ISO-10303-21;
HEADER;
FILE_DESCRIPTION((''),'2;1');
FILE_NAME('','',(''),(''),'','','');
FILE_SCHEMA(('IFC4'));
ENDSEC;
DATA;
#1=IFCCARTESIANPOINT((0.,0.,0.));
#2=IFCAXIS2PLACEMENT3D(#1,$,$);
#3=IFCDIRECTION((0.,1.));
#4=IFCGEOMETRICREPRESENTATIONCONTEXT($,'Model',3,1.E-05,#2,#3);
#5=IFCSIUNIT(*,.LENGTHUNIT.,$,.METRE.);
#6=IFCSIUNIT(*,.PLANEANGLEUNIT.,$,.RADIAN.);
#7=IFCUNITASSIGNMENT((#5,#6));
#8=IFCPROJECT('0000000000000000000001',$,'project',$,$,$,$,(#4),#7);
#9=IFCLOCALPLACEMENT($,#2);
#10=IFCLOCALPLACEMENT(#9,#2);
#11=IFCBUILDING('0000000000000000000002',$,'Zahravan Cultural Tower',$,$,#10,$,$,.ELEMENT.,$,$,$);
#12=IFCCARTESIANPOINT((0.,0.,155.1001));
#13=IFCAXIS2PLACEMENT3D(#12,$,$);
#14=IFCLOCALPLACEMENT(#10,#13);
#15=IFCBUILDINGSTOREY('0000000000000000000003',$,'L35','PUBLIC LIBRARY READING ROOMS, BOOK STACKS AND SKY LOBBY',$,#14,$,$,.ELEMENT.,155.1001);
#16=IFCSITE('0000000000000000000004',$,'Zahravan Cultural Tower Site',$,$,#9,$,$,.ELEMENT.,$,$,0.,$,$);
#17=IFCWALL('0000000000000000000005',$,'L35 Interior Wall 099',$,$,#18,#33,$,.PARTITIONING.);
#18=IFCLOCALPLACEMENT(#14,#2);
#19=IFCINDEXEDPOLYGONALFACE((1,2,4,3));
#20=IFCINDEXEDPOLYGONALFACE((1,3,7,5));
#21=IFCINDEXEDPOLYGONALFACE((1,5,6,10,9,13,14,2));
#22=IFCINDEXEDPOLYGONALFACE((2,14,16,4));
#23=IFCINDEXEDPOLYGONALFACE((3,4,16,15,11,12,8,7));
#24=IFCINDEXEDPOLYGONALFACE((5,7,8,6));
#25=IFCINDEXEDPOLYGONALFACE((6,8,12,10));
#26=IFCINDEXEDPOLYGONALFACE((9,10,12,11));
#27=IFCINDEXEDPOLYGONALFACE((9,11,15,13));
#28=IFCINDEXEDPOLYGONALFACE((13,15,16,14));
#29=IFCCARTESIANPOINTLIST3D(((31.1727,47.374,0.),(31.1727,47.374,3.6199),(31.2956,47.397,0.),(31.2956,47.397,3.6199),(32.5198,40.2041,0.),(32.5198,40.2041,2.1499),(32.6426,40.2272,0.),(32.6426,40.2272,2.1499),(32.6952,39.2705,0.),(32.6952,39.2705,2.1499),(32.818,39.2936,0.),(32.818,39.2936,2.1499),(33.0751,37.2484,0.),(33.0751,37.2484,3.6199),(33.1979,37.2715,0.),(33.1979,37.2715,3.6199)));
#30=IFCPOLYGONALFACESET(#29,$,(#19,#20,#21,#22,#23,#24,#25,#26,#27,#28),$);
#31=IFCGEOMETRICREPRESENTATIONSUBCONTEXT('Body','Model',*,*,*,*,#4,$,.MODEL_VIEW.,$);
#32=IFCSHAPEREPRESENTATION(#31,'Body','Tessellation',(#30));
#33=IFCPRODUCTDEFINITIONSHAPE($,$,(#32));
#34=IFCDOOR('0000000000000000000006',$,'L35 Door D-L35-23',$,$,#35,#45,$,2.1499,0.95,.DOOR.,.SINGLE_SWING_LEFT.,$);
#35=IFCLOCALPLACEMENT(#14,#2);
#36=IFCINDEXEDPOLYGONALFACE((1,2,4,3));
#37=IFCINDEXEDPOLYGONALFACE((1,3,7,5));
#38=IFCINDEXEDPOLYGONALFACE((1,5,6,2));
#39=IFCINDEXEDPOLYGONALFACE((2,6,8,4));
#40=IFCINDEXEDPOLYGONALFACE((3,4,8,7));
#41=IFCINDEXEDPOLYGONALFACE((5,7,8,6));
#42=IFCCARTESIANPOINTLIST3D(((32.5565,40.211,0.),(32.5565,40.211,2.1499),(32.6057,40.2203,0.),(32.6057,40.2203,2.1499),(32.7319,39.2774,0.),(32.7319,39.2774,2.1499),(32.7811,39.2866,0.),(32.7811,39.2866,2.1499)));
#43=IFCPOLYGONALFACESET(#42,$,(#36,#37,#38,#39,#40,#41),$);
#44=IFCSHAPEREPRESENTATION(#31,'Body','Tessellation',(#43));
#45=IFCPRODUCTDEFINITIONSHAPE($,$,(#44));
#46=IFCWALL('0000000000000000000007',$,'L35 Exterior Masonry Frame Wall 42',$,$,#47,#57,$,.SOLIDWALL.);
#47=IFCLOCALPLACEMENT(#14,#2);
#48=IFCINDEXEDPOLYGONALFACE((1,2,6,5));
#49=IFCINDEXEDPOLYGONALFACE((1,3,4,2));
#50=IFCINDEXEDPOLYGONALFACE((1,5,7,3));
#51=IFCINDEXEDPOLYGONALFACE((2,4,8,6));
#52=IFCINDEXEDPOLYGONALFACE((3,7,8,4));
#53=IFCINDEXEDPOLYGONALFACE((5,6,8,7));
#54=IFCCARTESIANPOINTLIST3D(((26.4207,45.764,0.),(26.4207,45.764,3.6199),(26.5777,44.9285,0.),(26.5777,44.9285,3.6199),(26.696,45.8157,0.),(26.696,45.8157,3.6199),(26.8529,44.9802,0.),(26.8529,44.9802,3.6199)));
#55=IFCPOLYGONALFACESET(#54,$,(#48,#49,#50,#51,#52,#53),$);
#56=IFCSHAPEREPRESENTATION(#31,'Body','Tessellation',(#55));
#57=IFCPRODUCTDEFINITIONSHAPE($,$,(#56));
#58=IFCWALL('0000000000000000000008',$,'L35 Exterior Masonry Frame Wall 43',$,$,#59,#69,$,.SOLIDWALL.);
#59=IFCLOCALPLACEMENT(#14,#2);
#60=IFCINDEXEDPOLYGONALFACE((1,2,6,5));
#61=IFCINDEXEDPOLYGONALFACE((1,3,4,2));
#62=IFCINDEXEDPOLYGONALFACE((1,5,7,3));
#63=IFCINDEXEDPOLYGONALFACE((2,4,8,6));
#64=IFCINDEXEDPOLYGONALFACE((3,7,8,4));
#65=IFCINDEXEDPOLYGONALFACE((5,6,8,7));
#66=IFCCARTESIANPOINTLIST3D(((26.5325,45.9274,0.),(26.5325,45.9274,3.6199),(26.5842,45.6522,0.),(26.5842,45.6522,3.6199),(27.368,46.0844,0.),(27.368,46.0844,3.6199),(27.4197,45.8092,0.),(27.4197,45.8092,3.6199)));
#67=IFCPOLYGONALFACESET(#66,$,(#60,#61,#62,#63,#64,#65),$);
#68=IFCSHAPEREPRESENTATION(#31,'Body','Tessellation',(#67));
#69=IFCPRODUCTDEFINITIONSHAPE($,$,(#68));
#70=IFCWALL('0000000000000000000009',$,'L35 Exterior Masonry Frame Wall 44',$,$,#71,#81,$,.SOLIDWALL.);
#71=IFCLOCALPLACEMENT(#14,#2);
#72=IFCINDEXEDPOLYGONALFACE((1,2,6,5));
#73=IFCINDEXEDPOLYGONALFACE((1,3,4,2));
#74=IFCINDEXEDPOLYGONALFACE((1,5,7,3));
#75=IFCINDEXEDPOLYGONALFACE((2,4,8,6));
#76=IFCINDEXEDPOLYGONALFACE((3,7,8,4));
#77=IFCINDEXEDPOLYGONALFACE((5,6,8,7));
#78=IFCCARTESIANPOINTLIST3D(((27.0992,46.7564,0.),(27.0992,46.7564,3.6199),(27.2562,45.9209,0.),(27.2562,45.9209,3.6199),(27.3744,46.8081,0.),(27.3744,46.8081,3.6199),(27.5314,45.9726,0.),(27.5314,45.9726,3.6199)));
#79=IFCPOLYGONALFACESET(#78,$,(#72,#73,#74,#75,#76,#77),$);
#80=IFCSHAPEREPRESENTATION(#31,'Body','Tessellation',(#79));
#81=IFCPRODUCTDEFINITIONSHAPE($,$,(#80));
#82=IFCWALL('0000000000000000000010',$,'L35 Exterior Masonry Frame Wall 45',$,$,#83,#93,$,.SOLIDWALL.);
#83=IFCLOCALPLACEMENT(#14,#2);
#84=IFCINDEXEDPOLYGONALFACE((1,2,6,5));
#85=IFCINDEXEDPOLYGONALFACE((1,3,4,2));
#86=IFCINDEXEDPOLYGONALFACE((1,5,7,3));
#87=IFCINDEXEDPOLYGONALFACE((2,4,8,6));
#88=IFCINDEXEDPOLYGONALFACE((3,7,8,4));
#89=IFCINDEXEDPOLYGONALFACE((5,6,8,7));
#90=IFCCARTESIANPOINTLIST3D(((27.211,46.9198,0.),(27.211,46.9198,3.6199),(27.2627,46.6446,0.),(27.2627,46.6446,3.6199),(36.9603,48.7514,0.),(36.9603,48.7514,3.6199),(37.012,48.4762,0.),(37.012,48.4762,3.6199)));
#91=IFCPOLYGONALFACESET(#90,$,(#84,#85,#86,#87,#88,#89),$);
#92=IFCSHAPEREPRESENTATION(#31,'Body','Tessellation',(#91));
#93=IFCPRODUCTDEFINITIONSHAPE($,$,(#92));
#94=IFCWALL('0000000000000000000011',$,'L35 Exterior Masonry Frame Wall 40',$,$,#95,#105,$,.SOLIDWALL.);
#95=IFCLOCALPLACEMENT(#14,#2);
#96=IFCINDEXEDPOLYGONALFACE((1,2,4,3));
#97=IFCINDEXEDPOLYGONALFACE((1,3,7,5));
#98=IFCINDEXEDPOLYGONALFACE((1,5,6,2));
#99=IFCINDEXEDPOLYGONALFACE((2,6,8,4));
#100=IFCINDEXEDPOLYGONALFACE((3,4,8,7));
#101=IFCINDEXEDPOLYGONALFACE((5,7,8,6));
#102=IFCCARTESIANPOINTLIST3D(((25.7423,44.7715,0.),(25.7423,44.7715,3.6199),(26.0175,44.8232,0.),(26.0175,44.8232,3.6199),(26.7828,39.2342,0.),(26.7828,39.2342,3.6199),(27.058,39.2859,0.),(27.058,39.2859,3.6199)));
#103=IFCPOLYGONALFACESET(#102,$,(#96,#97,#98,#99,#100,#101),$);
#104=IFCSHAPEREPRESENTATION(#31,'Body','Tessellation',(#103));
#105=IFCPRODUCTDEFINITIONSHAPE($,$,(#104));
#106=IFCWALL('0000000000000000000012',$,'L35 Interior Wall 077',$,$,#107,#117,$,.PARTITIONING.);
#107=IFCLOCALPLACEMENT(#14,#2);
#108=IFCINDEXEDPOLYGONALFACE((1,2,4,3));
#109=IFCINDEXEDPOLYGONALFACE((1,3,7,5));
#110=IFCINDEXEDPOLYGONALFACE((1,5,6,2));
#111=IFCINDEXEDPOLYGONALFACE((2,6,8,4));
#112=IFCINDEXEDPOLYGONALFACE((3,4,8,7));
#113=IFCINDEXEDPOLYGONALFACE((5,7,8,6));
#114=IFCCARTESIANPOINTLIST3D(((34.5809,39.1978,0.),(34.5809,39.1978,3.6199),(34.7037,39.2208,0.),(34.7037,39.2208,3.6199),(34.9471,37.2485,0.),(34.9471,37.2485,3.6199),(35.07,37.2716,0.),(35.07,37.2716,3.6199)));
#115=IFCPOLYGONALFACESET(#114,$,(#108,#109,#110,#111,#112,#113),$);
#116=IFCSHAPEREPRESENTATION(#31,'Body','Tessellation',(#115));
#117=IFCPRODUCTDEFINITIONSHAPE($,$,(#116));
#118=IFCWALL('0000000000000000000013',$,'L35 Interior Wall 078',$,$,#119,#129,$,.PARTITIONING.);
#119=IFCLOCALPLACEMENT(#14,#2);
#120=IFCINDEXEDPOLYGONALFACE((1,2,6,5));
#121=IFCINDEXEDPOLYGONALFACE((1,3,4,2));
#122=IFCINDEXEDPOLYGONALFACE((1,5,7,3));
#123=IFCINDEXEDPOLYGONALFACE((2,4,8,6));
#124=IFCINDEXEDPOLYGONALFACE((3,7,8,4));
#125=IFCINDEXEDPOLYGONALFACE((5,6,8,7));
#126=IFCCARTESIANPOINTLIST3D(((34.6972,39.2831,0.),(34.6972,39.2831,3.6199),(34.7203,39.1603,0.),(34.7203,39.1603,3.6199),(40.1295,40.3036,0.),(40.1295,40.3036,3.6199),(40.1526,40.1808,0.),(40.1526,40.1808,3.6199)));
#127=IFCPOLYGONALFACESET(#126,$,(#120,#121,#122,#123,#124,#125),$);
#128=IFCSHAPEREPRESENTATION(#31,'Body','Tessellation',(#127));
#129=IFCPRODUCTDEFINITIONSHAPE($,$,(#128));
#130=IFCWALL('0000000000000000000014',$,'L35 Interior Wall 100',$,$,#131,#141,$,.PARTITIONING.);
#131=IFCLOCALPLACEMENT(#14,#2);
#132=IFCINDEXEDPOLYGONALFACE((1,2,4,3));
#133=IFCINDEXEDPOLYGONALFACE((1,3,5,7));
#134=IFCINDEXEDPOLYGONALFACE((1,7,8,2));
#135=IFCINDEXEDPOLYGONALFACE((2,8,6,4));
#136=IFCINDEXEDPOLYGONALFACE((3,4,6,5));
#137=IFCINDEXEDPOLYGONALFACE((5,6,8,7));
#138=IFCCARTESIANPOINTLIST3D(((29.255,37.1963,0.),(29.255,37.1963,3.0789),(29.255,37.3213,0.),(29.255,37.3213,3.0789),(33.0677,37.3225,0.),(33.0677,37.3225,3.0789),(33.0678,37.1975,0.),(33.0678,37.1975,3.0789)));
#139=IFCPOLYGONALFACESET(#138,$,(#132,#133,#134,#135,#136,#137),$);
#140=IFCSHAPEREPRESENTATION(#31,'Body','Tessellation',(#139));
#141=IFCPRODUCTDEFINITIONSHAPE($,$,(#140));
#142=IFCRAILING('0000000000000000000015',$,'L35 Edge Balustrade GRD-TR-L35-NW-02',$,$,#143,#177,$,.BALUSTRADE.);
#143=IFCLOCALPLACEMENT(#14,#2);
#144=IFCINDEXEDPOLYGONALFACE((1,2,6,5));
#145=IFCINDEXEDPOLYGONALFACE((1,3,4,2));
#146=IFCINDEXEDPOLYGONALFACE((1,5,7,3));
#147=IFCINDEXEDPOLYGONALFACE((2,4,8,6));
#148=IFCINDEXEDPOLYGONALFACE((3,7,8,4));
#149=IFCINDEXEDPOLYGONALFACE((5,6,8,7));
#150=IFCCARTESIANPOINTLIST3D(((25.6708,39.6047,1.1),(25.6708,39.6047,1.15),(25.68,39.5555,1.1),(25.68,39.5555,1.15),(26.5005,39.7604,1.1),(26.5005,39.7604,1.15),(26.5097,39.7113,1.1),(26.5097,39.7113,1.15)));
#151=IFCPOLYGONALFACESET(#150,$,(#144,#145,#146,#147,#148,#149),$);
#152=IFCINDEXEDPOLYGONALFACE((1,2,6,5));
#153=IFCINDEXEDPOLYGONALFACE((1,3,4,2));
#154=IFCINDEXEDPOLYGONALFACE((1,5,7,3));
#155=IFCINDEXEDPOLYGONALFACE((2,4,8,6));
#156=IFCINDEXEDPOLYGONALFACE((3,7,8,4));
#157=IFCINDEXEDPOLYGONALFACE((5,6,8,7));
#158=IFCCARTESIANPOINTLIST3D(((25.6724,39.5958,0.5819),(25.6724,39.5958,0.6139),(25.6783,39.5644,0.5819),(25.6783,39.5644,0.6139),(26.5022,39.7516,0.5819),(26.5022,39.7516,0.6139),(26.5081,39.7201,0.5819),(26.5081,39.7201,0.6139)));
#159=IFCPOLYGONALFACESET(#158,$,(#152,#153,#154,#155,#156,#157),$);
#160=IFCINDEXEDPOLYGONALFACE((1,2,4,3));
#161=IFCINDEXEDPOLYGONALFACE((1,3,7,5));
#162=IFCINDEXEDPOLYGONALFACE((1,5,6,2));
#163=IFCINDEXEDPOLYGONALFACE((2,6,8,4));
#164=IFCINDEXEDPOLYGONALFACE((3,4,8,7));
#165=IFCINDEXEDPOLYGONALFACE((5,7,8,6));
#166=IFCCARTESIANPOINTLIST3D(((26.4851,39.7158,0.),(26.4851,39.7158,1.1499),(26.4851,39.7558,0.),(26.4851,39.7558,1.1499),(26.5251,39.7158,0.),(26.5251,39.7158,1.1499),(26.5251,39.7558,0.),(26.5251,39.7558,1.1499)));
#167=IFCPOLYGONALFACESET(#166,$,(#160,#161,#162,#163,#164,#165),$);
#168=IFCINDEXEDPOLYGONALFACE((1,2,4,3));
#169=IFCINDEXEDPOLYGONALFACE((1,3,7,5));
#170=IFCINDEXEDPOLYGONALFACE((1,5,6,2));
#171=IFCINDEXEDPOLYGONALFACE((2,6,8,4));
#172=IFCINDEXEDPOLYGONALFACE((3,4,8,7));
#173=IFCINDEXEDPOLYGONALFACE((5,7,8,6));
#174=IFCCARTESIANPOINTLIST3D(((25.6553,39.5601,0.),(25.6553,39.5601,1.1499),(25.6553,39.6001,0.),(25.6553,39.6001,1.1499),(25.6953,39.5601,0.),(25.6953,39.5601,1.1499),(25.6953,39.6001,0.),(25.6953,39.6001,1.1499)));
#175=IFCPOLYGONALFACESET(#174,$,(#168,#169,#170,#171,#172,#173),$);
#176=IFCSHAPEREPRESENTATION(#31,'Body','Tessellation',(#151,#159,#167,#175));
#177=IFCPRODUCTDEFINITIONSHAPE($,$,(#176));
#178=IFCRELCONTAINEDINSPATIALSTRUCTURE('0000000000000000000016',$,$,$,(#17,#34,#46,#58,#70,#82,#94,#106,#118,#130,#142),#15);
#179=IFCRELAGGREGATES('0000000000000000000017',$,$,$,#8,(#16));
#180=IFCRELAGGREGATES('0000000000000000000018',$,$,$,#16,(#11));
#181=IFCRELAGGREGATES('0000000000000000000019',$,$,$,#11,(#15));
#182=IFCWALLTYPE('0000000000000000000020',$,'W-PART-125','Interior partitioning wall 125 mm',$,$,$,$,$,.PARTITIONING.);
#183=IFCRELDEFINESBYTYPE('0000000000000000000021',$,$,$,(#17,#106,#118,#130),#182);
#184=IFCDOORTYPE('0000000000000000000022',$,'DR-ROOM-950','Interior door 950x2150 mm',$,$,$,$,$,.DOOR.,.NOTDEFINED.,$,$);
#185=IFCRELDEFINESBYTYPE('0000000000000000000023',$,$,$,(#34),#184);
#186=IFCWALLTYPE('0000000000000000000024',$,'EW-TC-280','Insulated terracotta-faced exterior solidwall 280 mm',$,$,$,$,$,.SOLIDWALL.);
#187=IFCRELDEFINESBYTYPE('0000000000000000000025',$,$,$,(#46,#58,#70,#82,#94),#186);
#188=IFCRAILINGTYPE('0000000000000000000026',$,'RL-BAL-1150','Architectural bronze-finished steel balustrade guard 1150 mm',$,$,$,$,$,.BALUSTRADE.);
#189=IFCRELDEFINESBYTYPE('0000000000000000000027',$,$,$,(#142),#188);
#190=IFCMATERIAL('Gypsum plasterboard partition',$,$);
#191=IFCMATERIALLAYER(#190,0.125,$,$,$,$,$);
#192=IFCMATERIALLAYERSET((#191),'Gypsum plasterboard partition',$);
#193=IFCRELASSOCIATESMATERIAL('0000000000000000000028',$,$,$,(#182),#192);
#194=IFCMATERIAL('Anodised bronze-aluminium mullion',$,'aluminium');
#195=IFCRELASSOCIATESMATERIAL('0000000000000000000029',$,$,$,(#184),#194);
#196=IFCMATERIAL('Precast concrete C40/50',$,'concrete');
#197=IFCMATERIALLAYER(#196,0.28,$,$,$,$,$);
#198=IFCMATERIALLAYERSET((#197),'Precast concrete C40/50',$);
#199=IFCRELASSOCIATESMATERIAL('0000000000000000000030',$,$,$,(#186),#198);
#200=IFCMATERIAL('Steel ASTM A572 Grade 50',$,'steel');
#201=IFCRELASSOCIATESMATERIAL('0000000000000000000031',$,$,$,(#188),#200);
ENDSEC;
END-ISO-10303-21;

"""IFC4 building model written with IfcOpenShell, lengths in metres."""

from ifc_helpers import new_model, si_unit, direction, frame, frame_2d, origin, origin_2d, place, context, subcontext, project, spatial, rectangle, extrude, source, transform, mapped, material, layer, layer_set, type_object, element, fill, save


model = new_model("IFC4")

# Units and contexts
model_context = context("Model", 3, precision=1e-05, world=origin(), true_north=direction((0.0, 1.0)))
body_context = subcontext(model_context, "Body", "Model", "MODEL_VIEW")
ifc_project = project(units=[si_unit("LENGTHUNIT", "METRE"), si_unit("PLANEANGLEUNIT", "RADIAN")], contexts=[model_context])

# Site, building, storey
site_placement = place(None, origin())
site = spatial("IfcSite", under=ifc_project, at=site_placement, Name="Zahravan Cultural Tower Site", CompositionType="ELEMENT", RefElevation=0.0)
building_placement = place(site_placement, origin())
building = spatial("IfcBuilding", under=site, at=building_placement, Name="Zahravan Cultural Tower", CompositionType="ELEMENT")
storey_placement = place(building_placement, frame((0.0, 0.0, 155.1001)))
storey = spatial("IfcBuildingStorey", under=building, at=storey_placement, Name="L35", Description="PUBLIC LIBRARY READING ROOMS, BOOK STACKS AND SKY LOBBY", CompositionType="ELEMENT", Elevation=155.1001)

# Wall, opening, door
ifc_material_1 = material(Name="Gypsum plasterboard partition")
ifc_layer_1 = layer(ifc_material_1, 0.125)
ifc_layer_set_1 = layer_set([ifc_layer_1], Name="Gypsum plasterboard partition")
wall_type_1 = type_object("IfcWallType", Name="W-PART-125", Description="Interior partitioning wall 125 mm", PredefinedType="PARTITIONING", material=ifc_layer_set_1)
ifc_material_2 = material(Name="Anodised bronze-aluminium mullion", Category="aluminium")
door_type = type_object("IfcDoorType", Name="DR-ROOM-950", Description="Interior door 950x2150 mm", OperationType="NOTDEFINED", PredefinedType="DOOR", material=ifc_material_2)
shared_shape_1 = source(origin(), body_context, "Body", "SweptSolid", [
    extrude(rectangle(XDim=0.95, YDim=2.1499, at=frame_2d((0.4751, 1.075))), frame((0.0, 0.0249, 0.0), z_axis=(0.0, -1.0, 0.0), x_axis=(1.0, 0.0, 0.0)), (0.0, 0.0, 1.0), 0.05),
])
wall_1_placement = place(storey_placement, frame((31.2341, 47.3855, 0.0), z_axis=(0.0, 0.0, 1.0), x_axis=(0.184646, -0.982805, 0.0)))
wall_1 = element("IfcWall", 1, at=wall_1_placement, inside=storey, type_object=wall_type_1, Name="L35 Interior Wall 099", PredefinedType="PARTITIONING", context=body_context, shape_type="SweptSolid", body=[
    extrude(rectangle(XDim=10.3027, YDim=0.125, at=frame_2d((5.1514, 0.0))), origin(), (0.0, 0.0, 1.0), 3.6199),
])
opening_1_placement = place(wall_1_placement, frame((7.2952, 0.0, 0.0)))
opening_1 = element("IfcOpeningElement", 2, at=opening_1_placement, cuts=wall_1, PredefinedType="OPENING", context=body_context, shape_type="SweptSolid", body=[
    extrude(rectangle(XDim=0.95, YDim=2.1499, at=frame_2d((0.4751, 1.075))), frame((0.0, 0.0725, 0.0), z_axis=(0.0, -1.0, 0.0), x_axis=(1.0, 0.0, 0.0)), (0.0, 0.0, 1.0), 0.145),
])
door_1_placement = place(opening_1_placement, origin())
door_1 = element("IfcDoor", 3, at=door_1_placement, inside=storey, type_object=door_type, Name="L35 Door D-L35-23", OperationType="SINGLE_SWING_LEFT", OverallHeight=2.1499, OverallWidth=0.95, PredefinedType="DOOR", context=body_context, shape_type="MappedRepresentation", body=[
    mapped(shared_shape_1, transform((0.0, 0.0, 0.0), x_axis=(1.0, 0.0, 0.0), y_axis=(0.0, 1.0, 0.0), z_axis=(0.0, 0.0, 1.0), scale=1.0)),
])
fill(opening_1, door_1)

# Walls
ifc_material_3 = material(Name="Precast concrete C40/50", Category="concrete")
ifc_layer_2 = layer(ifc_material_3, 0.28)
ifc_layer_set_2 = layer_set([ifc_layer_2], Name="Precast concrete C40/50")
wall_type_2 = type_object("IfcWallType", Name="EW-TC-280", Description="Insulated terracotta-faced exterior solidwall 280 mm", PredefinedType="SOLIDWALL", material=ifc_layer_set_2)
shared_shape_2 = source(origin(), body_context, "Body", "SweptSolid", [
    extrude(rectangle(XDim=0.8501, YDim=0.28, at=frame_2d((0.425, 0.0))), origin(), (0.0, 0.0, 1.0), 3.6199),
])
for number, where, z_axis, x_axis, name in (
    (4, (26.7153, 44.9543, 0.0), (0.0, 0.0, 1.0), (-0.18467, 0.982801, 0.0), "L35 Exterior Masonry Frame Wall 42"),
    (5, (26.5583, 45.7898, 0.0), (0.0, 0.0, 1.0), (0.982801, 0.18467, 0.0), "L35 Exterior Masonry Frame Wall 43"),
    (6, (27.3938, 45.9468, 0.0), (0.0, 0.0, 1.0), (-0.18467, 0.982801, 0.0), "L35 Exterior Masonry Frame Wall 44"),
):
    element("IfcWall", number, at=place(storey_placement, frame(where, z_axis=z_axis, x_axis=x_axis)), inside=storey, type_object=wall_type_2, Name=name, PredefinedType="SOLIDWALL", context=body_context, shape_type="MappedRepresentation", body=[
        mapped(shared_shape_2, transform((0.0, 0.0, 0.0), x_axis=(1.0, 0.0, 0.0), y_axis=(0.0, 1.0, 0.0), z_axis=(0.0, 0.0, 1.0), scale=1.0)),
    ])
shared_shape_3 = source(origin(), body_context, "Body", "SweptSolid", [
    extrude(rectangle(XDim=9.9199, YDim=0.28, at=frame_2d((4.96, 0.0))), origin(), (0.0, 0.0, 1.0), 3.6199),
])
wall_2_placement = place(storey_placement, frame((27.2368, 46.7822, 0.0), z_axis=(0.0, 0.0, 1.0), x_axis=(0.982807, 0.184635, 0.0)))
element("IfcWall", 7, at=wall_2_placement, inside=storey, type_object=wall_type_2, Name="L35 Exterior Masonry Frame Wall 45", PredefinedType="SOLIDWALL", context=body_context, shape_type="MappedRepresentation", body=[
    mapped(shared_shape_3, transform((0.0, 0.0, 0.0), x_axis=(1.0, 0.0, 0.0), y_axis=(0.0, 1.0, 0.0), z_axis=(0.0, 0.0, 1.0), scale=1.0)),
])
shared_shape_4 = source(origin(), body_context, "Body", "SweptSolid", [
    extrude(rectangle(XDim=5.6343, YDim=0.28, at=frame_2d((2.8171, 0.0))), origin(), (0.0, 0.0, 1.0), 3.6199),
])
wall_3_placement = place(storey_placement, frame((26.9204, 39.26, 0.0), z_axis=(0.0, 0.0, 1.0), x_axis=(-0.184678, 0.982799, 0.0)))
element("IfcWall", 8, at=wall_3_placement, inside=storey, type_object=wall_type_2, Name="L35 Exterior Masonry Frame Wall 40", PredefinedType="SOLIDWALL", context=body_context, shape_type="MappedRepresentation", body=[
    mapped(shared_shape_4, transform((0.0, 0.0, 0.0), x_axis=(1.0, 0.0, 0.0), y_axis=(0.0, 1.0, 0.0), z_axis=(0.0, 0.0, 1.0), scale=1.0)),
])
shared_shape_5 = source(origin(), body_context, "Body", "SweptSolid", [
    extrude(rectangle(XDim=1.9834, YDim=0.125, at=frame_2d((0.9917, 0.0))), origin(), (0.0, 0.0, 1.0), 3.6199),
])
wall_4_placement = place(storey_placement, frame((35.0085, 37.26, 0.0), z_axis=(0.0, 0.0, 1.0), x_axis=(-0.184645, 0.982805, 0.0)))
element("IfcWall", 9, at=wall_4_placement, inside=storey, type_object=wall_type_1, Name="L35 Interior Wall 077", PredefinedType="PARTITIONING", context=body_context, shape_type="MappedRepresentation", body=[
    mapped(shared_shape_5, transform((0.0, 0.0, 0.0), x_axis=(1.0, 0.0, 0.0), y_axis=(0.0, 1.0, 0.0), z_axis=(0.0, 0.0, 1.0), scale=1.0)),
])
shared_shape_6 = source(origin(), body_context, "Body", "SweptSolid", [
    extrude(rectangle(XDim=5.5273, YDim=0.125, at=frame_2d((2.7637, 0.0))), origin(), (0.0, 0.0, 1.0), 3.6199),
])
wall_5_placement = place(storey_placement, frame((34.7087, 39.2217, 0.0), z_axis=(0.0, 0.0, 1.0), x_axis=(0.982809, 0.184627, 0.0)))
element("IfcWall", 10, at=wall_5_placement, inside=storey, type_object=wall_type_1, Name="L35 Interior Wall 078", PredefinedType="PARTITIONING", context=body_context, shape_type="MappedRepresentation", body=[
    mapped(shared_shape_6, transform((0.0, 0.0, 0.0), x_axis=(1.0, 0.0, 0.0), y_axis=(0.0, 1.0, 0.0), z_axis=(0.0, 0.0, 1.0), scale=1.0)),
])
shared_shape_7 = source(origin(), body_context, "Body", "SweptSolid", [
    extrude(rectangle(XDim=3.8127, YDim=0.125, at=frame_2d((1.9062, 0.0))), origin(), (0.0, 0.0, 1.0), 3.0789),
])
wall_6_placement = place(storey_placement, frame((33.0676, 37.26, 0.0), z_axis=(0.0, 0.0, 1.0), x_axis=(-1.0, -0.00032, 0.0)))
element("IfcWall", 11, at=wall_6_placement, inside=storey, type_object=wall_type_1, Name="L35 Interior Wall 100", PredefinedType="PARTITIONING", context=body_context, shape_type="MappedRepresentation", body=[
    mapped(shared_shape_7, transform((0.0, 0.0, 0.0), x_axis=(1.0, 0.0, 0.0), y_axis=(0.0, 1.0, 0.0), z_axis=(0.0, 0.0, 1.0), scale=1.0)),
])

# Railing
ifc_material_4 = material(Name="Steel ASTM A572 Grade 50", Category="steel")
railing_type = type_object("IfcRailingType", Name="RL-BAL-1150", Description="Architectural bronze-finished steel balustrade guard 1150 mm", PredefinedType="BALUSTRADE", material=ifc_material_4)
railing_placement = place(storey_placement, frame((26.5051, 39.7358, 0.0)))
element("IfcRailing", 12, at=railing_placement, inside=storey, type_object=railing_type, Name="L35 Edge Balustrade GRD-TR-L35-NW-02", PredefinedType="BALUSTRADE", context=body_context, shape_type="SweptSolid", body=[
    extrude(rectangle(XDim=0.05, YDim=0.05, at=origin_2d()), frame((0.0, 0.0, 1.125), z_axis=(-0.982836, -0.184481, 0.0), x_axis=(0.184481, -0.982836, 0.0)), (0.0, 0.0, 1.0), 0.8442),
    extrude(rectangle(XDim=0.032, YDim=0.032, at=origin_2d()), frame((0.0, 0.0, 0.5979), z_axis=(-0.982836, -0.184481, 0.0), x_axis=(0.184481, -0.982836, 0.0)), (0.0, 0.0, 1.0), 0.8442),
    extrude(rectangle(XDim=0.04, YDim=0.04, at=origin_2d()), origin(), (0.0, 0.0, 1.0), 1.1499),
    extrude(rectangle(XDim=0.04, YDim=0.04, at=origin_2d()), frame((-0.8298, -0.1558, 0.0)), (0.0, 0.0, 1.0), 1.1499),
])

save(model, "model.ifc")
